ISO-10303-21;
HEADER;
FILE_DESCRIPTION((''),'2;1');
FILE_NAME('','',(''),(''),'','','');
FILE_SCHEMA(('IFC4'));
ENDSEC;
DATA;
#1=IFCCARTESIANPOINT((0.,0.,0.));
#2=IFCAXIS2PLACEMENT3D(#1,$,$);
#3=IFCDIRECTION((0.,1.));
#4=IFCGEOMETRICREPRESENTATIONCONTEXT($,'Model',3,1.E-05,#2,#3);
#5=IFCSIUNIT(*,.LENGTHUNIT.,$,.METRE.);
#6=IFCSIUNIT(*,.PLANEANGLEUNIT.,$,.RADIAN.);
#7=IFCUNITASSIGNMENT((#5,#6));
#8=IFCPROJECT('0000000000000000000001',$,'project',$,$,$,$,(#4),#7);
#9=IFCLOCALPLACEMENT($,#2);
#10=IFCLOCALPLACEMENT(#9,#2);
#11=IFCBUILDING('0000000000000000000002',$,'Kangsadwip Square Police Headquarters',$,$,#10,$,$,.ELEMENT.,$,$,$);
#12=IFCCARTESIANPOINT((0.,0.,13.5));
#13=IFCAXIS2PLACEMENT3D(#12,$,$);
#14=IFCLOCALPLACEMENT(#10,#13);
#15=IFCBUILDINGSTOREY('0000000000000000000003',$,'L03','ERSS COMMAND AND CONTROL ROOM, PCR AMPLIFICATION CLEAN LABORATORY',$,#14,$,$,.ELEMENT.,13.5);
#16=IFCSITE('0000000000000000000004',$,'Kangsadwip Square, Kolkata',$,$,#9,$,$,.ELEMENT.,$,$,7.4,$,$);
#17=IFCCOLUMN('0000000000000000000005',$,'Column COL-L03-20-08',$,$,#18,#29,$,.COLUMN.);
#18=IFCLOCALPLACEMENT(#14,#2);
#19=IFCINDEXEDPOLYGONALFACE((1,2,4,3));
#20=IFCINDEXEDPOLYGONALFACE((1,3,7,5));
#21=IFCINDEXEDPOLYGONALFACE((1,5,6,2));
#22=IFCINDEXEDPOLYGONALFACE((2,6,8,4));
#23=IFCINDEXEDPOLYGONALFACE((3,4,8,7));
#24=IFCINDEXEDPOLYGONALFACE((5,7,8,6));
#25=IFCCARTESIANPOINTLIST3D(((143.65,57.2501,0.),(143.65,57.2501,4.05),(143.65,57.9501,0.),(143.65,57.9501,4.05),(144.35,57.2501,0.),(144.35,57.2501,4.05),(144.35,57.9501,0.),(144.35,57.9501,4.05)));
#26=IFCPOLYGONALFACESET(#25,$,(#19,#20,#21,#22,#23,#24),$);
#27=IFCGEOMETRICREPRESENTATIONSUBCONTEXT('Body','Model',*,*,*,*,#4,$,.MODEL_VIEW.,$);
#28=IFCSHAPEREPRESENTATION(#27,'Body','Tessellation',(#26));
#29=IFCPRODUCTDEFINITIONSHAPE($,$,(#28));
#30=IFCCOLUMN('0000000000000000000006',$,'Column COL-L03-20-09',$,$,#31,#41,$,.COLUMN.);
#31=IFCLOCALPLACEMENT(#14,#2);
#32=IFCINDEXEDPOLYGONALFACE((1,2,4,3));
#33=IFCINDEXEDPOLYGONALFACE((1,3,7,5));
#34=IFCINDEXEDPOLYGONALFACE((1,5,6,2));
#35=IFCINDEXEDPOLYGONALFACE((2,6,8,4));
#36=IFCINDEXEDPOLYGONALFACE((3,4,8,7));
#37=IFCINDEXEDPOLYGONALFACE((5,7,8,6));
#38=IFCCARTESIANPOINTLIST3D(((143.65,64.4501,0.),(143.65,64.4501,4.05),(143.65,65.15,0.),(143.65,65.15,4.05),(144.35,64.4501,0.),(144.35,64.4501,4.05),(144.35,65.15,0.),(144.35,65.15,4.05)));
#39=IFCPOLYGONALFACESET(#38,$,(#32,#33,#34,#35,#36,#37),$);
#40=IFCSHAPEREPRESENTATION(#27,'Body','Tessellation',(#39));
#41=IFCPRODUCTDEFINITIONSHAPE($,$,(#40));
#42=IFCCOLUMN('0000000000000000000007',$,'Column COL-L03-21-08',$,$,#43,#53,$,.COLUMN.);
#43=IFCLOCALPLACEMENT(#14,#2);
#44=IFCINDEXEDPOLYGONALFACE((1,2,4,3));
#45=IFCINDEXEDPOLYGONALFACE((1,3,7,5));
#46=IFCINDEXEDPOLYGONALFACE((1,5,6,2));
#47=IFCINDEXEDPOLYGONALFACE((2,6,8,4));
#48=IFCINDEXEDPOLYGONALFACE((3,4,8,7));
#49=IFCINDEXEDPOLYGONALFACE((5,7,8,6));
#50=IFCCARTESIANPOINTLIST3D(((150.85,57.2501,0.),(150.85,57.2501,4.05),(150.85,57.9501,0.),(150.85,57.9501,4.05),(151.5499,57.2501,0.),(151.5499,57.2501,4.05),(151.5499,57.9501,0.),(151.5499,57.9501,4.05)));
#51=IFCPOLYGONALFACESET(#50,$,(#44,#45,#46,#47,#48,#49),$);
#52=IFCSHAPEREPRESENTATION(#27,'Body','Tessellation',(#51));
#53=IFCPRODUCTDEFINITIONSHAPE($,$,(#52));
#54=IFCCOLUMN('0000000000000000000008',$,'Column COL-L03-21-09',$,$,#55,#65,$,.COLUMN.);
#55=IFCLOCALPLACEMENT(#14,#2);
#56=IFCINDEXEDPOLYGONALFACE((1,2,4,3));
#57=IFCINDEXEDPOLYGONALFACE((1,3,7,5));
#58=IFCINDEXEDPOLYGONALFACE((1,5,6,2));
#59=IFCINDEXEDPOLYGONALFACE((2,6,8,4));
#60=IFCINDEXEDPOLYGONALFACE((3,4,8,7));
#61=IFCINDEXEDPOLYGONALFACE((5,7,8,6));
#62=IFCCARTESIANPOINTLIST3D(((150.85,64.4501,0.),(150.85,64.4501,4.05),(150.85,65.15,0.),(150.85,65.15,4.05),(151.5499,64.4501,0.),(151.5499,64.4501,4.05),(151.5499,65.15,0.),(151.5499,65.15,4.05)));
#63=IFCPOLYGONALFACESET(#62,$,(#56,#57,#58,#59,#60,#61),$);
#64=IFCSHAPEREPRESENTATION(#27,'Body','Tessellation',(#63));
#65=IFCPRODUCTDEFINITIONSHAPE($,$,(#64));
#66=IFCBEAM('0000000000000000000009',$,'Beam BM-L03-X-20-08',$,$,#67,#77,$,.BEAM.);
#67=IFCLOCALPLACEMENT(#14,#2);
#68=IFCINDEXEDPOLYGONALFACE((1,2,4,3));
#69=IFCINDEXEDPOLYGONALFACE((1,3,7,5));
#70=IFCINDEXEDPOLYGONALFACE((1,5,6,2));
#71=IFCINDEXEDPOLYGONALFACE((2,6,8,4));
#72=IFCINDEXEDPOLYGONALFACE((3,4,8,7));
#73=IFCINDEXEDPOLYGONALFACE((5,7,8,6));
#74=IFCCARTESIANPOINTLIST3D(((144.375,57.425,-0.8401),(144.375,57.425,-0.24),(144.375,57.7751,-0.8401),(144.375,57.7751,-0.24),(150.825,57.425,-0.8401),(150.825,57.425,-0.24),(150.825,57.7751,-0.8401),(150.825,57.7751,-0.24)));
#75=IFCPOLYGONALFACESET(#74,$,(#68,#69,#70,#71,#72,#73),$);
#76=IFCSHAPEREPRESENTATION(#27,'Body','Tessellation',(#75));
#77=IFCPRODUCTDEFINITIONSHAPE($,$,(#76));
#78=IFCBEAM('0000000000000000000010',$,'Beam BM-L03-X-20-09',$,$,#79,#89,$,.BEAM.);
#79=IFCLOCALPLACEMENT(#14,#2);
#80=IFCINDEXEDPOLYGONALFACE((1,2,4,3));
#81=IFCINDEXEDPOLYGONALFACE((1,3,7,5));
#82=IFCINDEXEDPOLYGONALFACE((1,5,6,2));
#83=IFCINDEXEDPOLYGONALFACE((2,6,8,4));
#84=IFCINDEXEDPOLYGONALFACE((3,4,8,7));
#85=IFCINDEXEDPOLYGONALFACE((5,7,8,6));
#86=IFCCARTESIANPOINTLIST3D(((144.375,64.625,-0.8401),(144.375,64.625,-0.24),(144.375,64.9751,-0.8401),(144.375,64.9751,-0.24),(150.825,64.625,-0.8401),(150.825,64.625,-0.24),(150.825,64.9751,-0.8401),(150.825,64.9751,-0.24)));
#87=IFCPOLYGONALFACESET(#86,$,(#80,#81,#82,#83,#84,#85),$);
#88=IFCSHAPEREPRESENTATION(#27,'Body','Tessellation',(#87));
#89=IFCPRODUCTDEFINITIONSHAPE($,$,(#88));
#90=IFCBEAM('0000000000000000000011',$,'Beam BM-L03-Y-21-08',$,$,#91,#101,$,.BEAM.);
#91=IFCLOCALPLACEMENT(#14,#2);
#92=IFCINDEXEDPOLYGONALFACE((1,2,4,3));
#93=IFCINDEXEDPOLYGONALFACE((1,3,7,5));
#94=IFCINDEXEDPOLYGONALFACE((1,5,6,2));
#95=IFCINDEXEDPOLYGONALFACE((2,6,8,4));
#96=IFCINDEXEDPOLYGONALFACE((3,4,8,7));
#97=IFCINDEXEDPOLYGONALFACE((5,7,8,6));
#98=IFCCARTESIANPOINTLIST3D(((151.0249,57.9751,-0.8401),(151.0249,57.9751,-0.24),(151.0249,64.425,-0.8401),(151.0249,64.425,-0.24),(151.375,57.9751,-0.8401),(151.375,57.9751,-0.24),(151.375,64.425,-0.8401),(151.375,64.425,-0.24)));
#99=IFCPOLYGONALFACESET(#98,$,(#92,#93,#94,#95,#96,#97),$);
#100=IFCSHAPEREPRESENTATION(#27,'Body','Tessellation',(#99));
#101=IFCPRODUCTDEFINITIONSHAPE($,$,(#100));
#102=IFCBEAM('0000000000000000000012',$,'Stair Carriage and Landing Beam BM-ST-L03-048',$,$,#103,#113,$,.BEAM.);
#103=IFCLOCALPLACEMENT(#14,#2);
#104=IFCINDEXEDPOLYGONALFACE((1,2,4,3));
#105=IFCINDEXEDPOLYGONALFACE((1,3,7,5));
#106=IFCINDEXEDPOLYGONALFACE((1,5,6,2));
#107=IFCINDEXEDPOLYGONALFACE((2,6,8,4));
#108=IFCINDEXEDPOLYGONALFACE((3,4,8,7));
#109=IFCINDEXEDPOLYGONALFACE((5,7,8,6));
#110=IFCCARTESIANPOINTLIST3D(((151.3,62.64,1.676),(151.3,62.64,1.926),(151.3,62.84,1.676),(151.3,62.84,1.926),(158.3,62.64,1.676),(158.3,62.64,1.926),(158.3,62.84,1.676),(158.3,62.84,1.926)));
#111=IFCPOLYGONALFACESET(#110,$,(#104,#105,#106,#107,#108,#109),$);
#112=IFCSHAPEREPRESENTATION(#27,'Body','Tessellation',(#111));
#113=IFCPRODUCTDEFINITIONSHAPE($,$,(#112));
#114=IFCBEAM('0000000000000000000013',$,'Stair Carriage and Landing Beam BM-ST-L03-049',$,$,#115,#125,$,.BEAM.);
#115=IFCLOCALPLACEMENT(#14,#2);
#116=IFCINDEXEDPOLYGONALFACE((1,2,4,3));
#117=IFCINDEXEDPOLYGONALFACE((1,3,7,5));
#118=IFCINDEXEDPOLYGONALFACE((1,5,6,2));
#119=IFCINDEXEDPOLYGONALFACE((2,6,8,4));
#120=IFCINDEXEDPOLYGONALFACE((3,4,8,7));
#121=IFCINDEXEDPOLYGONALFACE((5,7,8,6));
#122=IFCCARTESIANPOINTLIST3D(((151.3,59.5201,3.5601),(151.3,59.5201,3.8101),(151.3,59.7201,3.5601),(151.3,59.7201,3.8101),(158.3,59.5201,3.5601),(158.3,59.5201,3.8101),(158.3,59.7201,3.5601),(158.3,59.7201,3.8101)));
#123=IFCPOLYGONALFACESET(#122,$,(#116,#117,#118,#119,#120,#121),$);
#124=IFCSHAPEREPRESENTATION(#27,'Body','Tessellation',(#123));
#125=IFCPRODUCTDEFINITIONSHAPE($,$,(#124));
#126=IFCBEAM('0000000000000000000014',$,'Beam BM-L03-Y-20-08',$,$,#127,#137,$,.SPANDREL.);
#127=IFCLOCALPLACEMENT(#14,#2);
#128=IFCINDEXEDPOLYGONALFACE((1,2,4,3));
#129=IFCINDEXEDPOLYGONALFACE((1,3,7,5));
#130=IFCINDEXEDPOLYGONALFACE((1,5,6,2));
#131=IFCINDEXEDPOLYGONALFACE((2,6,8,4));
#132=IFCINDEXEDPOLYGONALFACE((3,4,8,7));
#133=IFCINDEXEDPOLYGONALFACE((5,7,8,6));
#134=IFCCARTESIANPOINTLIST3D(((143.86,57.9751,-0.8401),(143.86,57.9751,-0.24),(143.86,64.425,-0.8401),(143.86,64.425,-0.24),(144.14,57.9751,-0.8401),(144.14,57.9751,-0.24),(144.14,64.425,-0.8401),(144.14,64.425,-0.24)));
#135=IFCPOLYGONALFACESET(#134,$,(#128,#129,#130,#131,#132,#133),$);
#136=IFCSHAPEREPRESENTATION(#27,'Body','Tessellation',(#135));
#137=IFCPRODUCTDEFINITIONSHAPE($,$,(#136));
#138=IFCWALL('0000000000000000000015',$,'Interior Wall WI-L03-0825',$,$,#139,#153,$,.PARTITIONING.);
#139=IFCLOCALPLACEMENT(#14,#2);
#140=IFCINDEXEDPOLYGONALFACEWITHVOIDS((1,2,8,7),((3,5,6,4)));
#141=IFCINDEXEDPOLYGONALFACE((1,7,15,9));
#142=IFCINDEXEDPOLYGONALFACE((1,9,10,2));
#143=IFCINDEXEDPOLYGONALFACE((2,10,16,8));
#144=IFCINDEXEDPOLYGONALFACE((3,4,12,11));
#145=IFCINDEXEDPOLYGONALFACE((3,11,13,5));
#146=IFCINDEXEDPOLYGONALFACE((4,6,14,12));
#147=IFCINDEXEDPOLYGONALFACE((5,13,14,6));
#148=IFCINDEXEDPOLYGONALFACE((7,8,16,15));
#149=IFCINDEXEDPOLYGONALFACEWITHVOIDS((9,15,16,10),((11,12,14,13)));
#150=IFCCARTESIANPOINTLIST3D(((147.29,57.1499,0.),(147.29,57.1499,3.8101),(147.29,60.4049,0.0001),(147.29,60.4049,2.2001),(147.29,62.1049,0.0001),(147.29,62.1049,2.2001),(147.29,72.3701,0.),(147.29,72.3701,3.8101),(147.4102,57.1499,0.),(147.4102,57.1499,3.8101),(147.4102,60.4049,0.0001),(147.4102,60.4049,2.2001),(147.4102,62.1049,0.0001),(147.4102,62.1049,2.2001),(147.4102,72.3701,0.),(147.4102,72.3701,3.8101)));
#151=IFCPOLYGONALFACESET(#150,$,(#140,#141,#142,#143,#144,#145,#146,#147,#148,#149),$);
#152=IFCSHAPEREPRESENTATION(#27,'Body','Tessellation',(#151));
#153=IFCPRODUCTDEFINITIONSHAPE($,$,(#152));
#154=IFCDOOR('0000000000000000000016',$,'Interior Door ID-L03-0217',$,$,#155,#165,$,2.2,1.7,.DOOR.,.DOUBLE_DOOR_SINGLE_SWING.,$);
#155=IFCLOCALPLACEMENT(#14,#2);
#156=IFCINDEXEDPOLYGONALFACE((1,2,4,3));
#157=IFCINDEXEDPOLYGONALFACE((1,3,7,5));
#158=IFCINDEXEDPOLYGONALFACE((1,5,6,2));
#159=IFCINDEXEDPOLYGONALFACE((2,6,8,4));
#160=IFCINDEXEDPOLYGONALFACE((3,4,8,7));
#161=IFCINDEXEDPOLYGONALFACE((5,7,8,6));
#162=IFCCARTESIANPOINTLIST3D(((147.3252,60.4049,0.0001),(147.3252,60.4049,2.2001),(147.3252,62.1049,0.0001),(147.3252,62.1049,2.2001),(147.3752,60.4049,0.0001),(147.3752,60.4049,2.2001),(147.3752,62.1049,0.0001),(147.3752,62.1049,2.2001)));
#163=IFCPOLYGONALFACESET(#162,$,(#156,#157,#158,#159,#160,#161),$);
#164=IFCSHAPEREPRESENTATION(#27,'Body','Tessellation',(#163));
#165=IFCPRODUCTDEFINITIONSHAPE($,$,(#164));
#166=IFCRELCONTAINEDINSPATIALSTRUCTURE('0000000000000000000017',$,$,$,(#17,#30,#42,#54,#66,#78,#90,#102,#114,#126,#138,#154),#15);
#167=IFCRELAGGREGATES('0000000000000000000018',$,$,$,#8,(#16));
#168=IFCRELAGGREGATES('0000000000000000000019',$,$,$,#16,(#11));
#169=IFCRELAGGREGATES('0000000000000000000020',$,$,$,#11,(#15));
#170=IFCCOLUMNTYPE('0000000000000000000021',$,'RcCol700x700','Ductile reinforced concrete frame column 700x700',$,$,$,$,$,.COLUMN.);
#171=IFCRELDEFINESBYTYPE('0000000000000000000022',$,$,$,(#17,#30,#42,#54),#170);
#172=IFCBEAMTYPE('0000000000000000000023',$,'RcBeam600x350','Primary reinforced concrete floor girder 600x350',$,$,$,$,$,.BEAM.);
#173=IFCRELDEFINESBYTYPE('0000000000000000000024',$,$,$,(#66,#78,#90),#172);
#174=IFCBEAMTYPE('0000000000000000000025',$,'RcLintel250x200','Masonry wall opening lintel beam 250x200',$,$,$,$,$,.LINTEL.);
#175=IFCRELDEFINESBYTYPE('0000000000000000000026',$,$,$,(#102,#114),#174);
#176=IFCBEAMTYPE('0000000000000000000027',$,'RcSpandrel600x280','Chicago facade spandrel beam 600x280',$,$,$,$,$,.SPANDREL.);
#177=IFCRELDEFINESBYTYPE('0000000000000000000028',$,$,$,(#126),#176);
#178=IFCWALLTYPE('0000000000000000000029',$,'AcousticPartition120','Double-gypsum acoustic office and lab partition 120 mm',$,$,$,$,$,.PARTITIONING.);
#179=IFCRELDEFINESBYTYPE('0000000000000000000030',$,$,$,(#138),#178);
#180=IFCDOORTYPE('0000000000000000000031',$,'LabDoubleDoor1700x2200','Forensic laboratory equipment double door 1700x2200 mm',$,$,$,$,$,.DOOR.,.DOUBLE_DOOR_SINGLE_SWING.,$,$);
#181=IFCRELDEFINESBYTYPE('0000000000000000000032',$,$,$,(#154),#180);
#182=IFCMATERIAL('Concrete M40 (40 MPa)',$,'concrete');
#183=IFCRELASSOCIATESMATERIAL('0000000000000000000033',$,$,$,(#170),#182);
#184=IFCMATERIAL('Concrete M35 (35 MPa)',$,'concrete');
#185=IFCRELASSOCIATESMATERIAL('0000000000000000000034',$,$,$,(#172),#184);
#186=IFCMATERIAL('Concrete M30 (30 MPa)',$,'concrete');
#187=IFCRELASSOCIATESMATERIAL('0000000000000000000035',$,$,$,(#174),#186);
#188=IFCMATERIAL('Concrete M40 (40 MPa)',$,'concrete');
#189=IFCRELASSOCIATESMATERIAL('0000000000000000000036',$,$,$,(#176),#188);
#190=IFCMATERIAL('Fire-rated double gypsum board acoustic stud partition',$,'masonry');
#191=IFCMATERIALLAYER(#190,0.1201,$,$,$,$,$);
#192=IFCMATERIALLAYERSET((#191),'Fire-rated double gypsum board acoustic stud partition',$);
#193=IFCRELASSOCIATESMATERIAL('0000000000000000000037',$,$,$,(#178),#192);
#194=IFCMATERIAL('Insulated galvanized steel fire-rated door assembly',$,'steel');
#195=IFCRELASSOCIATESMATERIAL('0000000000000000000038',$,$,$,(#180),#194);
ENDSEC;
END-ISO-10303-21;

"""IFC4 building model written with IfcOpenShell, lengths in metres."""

from ifc_helpers import new_model, si_unit, direction, frame, frame_2d, origin, origin_2d, place, context, subcontext, project, spatial, rectangle, extrude, material, layer, layer_set, material_profile, profile_set, type_object, element, fill, save


model = new_model("IFC4")

# Units and contexts
model_context = context("Model", 3, precision=1e-05, world=origin(), true_north=direction((0.0, 1.0)))
body_context = subcontext(model_context, "Body", "Model", "MODEL_VIEW")
ifc_project = project(units=[si_unit("LENGTHUNIT", "METRE"), si_unit("PLANEANGLEUNIT", "RADIAN")], contexts=[model_context])

# Site, building, storey
site_placement = place(None, origin())
site = spatial("IfcSite", under=ifc_project, at=site_placement, Name="Kangsadwip Square, Kolkata", CompositionType="ELEMENT", RefElevation=7.4)
building_placement = place(site_placement, origin())
building = spatial("IfcBuilding", under=site, at=building_placement, Name="Kangsadwip Square Police Headquarters", CompositionType="ELEMENT")
storey_placement = place(building_placement, frame((0.0, 0.0, 13.5)))
storey = spatial("IfcBuildingStorey", under=building, at=storey_placement, Name="L03", Description="ERSS COMMAND AND CONTROL ROOM, PCR AMPLIFICATION CLEAN LABORATORY", CompositionType="ELEMENT", Elevation=13.5)

# Columns
ifc_material_1 = material(Name="Concrete M40 (40 MPa)", Category="concrete")
ifc_material_profile_1 = material_profile(ifc_material_1, rectangle(XDim=0.7, YDim=0.7, at=origin_2d()), Name="RC COL 700X700")
ifc_profile_set_1 = profile_set([ifc_material_profile_1], Name="Concrete M40 (40 MPa)")
column_type = type_object("IfcColumnType", Name="RcCol700x700", Description="Ductile reinforced concrete frame column 700x700", PredefinedType="COLUMN", material=ifc_profile_set_1)
for number, where, z_axis, x_axis, name in (
    (1, (144.0, 57.6001, 0.0), (0.0, 0.0, 1.0), (1.0, 0.0, 0.0), "Column COL-L03-20-08"),
    (2, (144.0, 64.8, 0.0), (0.0, 0.0, 1.0), (1.0, 0.0, 0.0), "Column COL-L03-20-09"),
    (3, (151.2, 57.6001, 0.0), (0.0, 0.0, 1.0), (1.0, 0.0, 0.0), "Column COL-L03-21-08"),
    (4, (151.2, 64.8, 0.0), (0.0, 0.0, 1.0), (1.0, 0.0, 0.0), "Column COL-L03-21-09"),
):
    element("IfcColumn", number, at=place(storey_placement, frame(where, z_axis=z_axis, x_axis=x_axis)), inside=storey, type_object=column_type, Name=name, PredefinedType="COLUMN", context=body_context, shape_type="SweptSolid", body=[
        extrude(rectangle(XDim=0.7, YDim=0.7, at=origin_2d()), origin(), (0.0, 0.0, 1.0), 4.05),
    ])

# Beams
ifc_material_2 = material(Name="Concrete M35 (35 MPa)", Category="concrete")
ifc_material_profile_2 = material_profile(ifc_material_2, rectangle(XDim=0.3501, YDim=0.6001, at=origin_2d()), Name="RC BM 600X350")
ifc_profile_set_2 = profile_set([ifc_material_profile_2], Name="Concrete M35 (35 MPa)")
beam_type_1 = type_object("IfcBeamType", Name="RcBeam600x350", Description="Primary reinforced concrete floor girder 600x350", PredefinedType="BEAM", material=ifc_profile_set_2)
for number, where, z_axis, x_axis, name in (
    (5, (144.375, 57.6001, -0.54), (1.0, 0.0, 0.0), (0.0, 1.0, 0.0), "Beam BM-L03-X-20-08"),
    (6, (144.375, 64.8, -0.54), (1.0, 0.0, 0.0), (0.0, 1.0, 0.0), "Beam BM-L03-X-20-09"),
    (7, (151.2, 57.9751, -0.54), (0.0, 1.0, 0.0), (-1.0, 0.0, 0.0), "Beam BM-L03-Y-21-08"),
):
    element("IfcBeam", number, at=place(storey_placement, frame(where, z_axis=z_axis, x_axis=x_axis)), inside=storey, type_object=beam_type_1, Name=name, PredefinedType="BEAM", context=body_context, shape_type="SweptSolid", body=[
        extrude(rectangle(XDim=0.3501, YDim=0.6001, at=origin_2d()), origin(), (0.0, 0.0, 1.0), 6.45),
    ])
ifc_material_3 = material(Name="Concrete M30 (30 MPa)", Category="concrete")
ifc_material_profile_3 = material_profile(ifc_material_3, rectangle(XDim=0.2, YDim=0.25, at=origin_2d()), Name="RC LNT 250X200")
ifc_profile_set_3 = profile_set([ifc_material_profile_3], Name="Concrete M30 (30 MPa)")
beam_type_2 = type_object("IfcBeamType", Name="RcLintel250x200", Description="Masonry wall opening lintel beam 250x200", PredefinedType="LINTEL", material=ifc_profile_set_3)
for number, where, z_axis, x_axis, name in (
    (8, (151.3, 62.74, 1.801), (1.0, 0.0, 0.0), (0.0, 1.0, 0.0), "Stair Carriage and Landing Beam BM-ST-L03-048"),
    (9, (151.3, 59.6201, 3.6851), (1.0, 0.0, 0.0), (0.0, 1.0, 0.0), "Stair Carriage and Landing Beam BM-ST-L03-049"),
):
    element("IfcBeam", number, at=place(storey_placement, frame(where, z_axis=z_axis, x_axis=x_axis)), inside=storey, type_object=beam_type_2, Name=name, PredefinedType="BEAM", context=body_context, shape_type="SweptSolid", body=[
        extrude(rectangle(XDim=0.2, YDim=0.25, at=origin_2d()), origin(), (0.0, 0.0, 1.0), 7.0),
    ])
ifc_material_4 = material(Name="Concrete M40 (40 MPa)", Category="concrete")
ifc_material_profile_4 = material_profile(ifc_material_4, rectangle(XDim=0.28, YDim=0.6001, at=origin_2d()), Name="RC SPN 600X280")
ifc_profile_set_4 = profile_set([ifc_material_profile_4], Name="Concrete M40 (40 MPa)")
beam_type_3 = type_object("IfcBeamType", Name="RcSpandrel600x280", Description="Chicago facade spandrel beam 600x280", PredefinedType="SPANDREL", material=ifc_profile_set_4)
beam_placement = place(storey_placement, frame((144.0, 57.9751, -0.54), z_axis=(0.0, 1.0, 0.0), x_axis=(-1.0, 0.0, 0.0)))
element("IfcBeam", 10, at=beam_placement, inside=storey, type_object=beam_type_3, Name="Beam BM-L03-Y-20-08", PredefinedType="SPANDREL", context=body_context, shape_type="SweptSolid", body=[
    extrude(rectangle(XDim=0.28, YDim=0.6001, at=origin_2d()), origin(), (0.0, 0.0, 1.0), 6.45),
])

# Wall, opening, door
ifc_material_5 = material(Name="Fire-rated double gypsum board acoustic stud partition", Category="masonry")
ifc_layer_1 = layer(ifc_material_5, 0.1201)
ifc_layer_set_1 = layer_set([ifc_layer_1], Name="Fire-rated double gypsum board acoustic stud partition")
wall_type_1 = type_object("IfcWallType", Name="AcousticPartition120", Description="Double-gypsum acoustic office and lab partition 120 mm", PredefinedType="PARTITIONING", material=ifc_layer_set_1)
wall_1_placement = place(storey_placement, frame((147.3501, 57.1499, 0.0), z_axis=(0.0, 0.0, 1.0), x_axis=(0.0, 1.0, 0.0)))
wall_1 = element("IfcWall", 11, at=wall_1_placement, inside=storey, type_object=wall_type_1, Name="Interior Wall WI-L03-0825", PredefinedType="PARTITIONING", context=body_context, shape_type="SweptSolid", body=[
    extrude(rectangle(XDim=15.2202, YDim=0.1201, at=frame_2d((7.6101, 0.0))), origin(), (0.0, 0.0, 1.0), 3.8101),
])
opening_1_placement = place(wall_1_placement, frame((3.2549, 0.0, 0.0)))
opening_1 = element("IfcOpeningElement", 12, at=opening_1_placement, cuts=wall_1, PredefinedType="OPENING", context=body_context, shape_type="SweptSolid", body=[
    extrude(rectangle(XDim=1.7, YDim=2.2, at=frame_2d((0.8501, 1.1001))), frame((0.0, 0.0701, 0.0), z_axis=(0.0, -1.0, 0.0), x_axis=(1.0, 0.0, 0.0)), (0.0, 0.0, 1.0), 0.1401),
])
ifc_material_6 = material(Name="Insulated galvanized steel fire-rated door assembly", Category="steel")
door_type_1 = type_object("IfcDoorType", Name="LabDoubleDoor1700x2200", Description="Forensic laboratory equipment double door 1700x2200 mm", OperationType="DOUBLE_DOOR_SINGLE_SWING", PredefinedType="DOOR", material=ifc_material_6)
door_1_placement = place(opening_1_placement, origin())
door_1 = element("IfcDoor", 13, at=door_1_placement, inside=storey, type_object=door_type_1, Name="Interior Door ID-L03-0217", OperationType="DOUBLE_DOOR_SINGLE_SWING", OverallHeight=2.2, OverallWidth=1.7, PredefinedType="DOOR", context=body_context, shape_type="SweptSolid", body=[
    extrude(rectangle(XDim=1.7, YDim=2.2, at=frame_2d((0.8501, 1.1001))), frame((0.0, 0.0249, 0.0), z_axis=(0.0, -1.0, 0.0), x_axis=(1.0, 0.0, 0.0)), (0.0, 0.0, 1.0), 0.05),
])
fill(opening_1, door_1)

save(model, "model.ifc")
